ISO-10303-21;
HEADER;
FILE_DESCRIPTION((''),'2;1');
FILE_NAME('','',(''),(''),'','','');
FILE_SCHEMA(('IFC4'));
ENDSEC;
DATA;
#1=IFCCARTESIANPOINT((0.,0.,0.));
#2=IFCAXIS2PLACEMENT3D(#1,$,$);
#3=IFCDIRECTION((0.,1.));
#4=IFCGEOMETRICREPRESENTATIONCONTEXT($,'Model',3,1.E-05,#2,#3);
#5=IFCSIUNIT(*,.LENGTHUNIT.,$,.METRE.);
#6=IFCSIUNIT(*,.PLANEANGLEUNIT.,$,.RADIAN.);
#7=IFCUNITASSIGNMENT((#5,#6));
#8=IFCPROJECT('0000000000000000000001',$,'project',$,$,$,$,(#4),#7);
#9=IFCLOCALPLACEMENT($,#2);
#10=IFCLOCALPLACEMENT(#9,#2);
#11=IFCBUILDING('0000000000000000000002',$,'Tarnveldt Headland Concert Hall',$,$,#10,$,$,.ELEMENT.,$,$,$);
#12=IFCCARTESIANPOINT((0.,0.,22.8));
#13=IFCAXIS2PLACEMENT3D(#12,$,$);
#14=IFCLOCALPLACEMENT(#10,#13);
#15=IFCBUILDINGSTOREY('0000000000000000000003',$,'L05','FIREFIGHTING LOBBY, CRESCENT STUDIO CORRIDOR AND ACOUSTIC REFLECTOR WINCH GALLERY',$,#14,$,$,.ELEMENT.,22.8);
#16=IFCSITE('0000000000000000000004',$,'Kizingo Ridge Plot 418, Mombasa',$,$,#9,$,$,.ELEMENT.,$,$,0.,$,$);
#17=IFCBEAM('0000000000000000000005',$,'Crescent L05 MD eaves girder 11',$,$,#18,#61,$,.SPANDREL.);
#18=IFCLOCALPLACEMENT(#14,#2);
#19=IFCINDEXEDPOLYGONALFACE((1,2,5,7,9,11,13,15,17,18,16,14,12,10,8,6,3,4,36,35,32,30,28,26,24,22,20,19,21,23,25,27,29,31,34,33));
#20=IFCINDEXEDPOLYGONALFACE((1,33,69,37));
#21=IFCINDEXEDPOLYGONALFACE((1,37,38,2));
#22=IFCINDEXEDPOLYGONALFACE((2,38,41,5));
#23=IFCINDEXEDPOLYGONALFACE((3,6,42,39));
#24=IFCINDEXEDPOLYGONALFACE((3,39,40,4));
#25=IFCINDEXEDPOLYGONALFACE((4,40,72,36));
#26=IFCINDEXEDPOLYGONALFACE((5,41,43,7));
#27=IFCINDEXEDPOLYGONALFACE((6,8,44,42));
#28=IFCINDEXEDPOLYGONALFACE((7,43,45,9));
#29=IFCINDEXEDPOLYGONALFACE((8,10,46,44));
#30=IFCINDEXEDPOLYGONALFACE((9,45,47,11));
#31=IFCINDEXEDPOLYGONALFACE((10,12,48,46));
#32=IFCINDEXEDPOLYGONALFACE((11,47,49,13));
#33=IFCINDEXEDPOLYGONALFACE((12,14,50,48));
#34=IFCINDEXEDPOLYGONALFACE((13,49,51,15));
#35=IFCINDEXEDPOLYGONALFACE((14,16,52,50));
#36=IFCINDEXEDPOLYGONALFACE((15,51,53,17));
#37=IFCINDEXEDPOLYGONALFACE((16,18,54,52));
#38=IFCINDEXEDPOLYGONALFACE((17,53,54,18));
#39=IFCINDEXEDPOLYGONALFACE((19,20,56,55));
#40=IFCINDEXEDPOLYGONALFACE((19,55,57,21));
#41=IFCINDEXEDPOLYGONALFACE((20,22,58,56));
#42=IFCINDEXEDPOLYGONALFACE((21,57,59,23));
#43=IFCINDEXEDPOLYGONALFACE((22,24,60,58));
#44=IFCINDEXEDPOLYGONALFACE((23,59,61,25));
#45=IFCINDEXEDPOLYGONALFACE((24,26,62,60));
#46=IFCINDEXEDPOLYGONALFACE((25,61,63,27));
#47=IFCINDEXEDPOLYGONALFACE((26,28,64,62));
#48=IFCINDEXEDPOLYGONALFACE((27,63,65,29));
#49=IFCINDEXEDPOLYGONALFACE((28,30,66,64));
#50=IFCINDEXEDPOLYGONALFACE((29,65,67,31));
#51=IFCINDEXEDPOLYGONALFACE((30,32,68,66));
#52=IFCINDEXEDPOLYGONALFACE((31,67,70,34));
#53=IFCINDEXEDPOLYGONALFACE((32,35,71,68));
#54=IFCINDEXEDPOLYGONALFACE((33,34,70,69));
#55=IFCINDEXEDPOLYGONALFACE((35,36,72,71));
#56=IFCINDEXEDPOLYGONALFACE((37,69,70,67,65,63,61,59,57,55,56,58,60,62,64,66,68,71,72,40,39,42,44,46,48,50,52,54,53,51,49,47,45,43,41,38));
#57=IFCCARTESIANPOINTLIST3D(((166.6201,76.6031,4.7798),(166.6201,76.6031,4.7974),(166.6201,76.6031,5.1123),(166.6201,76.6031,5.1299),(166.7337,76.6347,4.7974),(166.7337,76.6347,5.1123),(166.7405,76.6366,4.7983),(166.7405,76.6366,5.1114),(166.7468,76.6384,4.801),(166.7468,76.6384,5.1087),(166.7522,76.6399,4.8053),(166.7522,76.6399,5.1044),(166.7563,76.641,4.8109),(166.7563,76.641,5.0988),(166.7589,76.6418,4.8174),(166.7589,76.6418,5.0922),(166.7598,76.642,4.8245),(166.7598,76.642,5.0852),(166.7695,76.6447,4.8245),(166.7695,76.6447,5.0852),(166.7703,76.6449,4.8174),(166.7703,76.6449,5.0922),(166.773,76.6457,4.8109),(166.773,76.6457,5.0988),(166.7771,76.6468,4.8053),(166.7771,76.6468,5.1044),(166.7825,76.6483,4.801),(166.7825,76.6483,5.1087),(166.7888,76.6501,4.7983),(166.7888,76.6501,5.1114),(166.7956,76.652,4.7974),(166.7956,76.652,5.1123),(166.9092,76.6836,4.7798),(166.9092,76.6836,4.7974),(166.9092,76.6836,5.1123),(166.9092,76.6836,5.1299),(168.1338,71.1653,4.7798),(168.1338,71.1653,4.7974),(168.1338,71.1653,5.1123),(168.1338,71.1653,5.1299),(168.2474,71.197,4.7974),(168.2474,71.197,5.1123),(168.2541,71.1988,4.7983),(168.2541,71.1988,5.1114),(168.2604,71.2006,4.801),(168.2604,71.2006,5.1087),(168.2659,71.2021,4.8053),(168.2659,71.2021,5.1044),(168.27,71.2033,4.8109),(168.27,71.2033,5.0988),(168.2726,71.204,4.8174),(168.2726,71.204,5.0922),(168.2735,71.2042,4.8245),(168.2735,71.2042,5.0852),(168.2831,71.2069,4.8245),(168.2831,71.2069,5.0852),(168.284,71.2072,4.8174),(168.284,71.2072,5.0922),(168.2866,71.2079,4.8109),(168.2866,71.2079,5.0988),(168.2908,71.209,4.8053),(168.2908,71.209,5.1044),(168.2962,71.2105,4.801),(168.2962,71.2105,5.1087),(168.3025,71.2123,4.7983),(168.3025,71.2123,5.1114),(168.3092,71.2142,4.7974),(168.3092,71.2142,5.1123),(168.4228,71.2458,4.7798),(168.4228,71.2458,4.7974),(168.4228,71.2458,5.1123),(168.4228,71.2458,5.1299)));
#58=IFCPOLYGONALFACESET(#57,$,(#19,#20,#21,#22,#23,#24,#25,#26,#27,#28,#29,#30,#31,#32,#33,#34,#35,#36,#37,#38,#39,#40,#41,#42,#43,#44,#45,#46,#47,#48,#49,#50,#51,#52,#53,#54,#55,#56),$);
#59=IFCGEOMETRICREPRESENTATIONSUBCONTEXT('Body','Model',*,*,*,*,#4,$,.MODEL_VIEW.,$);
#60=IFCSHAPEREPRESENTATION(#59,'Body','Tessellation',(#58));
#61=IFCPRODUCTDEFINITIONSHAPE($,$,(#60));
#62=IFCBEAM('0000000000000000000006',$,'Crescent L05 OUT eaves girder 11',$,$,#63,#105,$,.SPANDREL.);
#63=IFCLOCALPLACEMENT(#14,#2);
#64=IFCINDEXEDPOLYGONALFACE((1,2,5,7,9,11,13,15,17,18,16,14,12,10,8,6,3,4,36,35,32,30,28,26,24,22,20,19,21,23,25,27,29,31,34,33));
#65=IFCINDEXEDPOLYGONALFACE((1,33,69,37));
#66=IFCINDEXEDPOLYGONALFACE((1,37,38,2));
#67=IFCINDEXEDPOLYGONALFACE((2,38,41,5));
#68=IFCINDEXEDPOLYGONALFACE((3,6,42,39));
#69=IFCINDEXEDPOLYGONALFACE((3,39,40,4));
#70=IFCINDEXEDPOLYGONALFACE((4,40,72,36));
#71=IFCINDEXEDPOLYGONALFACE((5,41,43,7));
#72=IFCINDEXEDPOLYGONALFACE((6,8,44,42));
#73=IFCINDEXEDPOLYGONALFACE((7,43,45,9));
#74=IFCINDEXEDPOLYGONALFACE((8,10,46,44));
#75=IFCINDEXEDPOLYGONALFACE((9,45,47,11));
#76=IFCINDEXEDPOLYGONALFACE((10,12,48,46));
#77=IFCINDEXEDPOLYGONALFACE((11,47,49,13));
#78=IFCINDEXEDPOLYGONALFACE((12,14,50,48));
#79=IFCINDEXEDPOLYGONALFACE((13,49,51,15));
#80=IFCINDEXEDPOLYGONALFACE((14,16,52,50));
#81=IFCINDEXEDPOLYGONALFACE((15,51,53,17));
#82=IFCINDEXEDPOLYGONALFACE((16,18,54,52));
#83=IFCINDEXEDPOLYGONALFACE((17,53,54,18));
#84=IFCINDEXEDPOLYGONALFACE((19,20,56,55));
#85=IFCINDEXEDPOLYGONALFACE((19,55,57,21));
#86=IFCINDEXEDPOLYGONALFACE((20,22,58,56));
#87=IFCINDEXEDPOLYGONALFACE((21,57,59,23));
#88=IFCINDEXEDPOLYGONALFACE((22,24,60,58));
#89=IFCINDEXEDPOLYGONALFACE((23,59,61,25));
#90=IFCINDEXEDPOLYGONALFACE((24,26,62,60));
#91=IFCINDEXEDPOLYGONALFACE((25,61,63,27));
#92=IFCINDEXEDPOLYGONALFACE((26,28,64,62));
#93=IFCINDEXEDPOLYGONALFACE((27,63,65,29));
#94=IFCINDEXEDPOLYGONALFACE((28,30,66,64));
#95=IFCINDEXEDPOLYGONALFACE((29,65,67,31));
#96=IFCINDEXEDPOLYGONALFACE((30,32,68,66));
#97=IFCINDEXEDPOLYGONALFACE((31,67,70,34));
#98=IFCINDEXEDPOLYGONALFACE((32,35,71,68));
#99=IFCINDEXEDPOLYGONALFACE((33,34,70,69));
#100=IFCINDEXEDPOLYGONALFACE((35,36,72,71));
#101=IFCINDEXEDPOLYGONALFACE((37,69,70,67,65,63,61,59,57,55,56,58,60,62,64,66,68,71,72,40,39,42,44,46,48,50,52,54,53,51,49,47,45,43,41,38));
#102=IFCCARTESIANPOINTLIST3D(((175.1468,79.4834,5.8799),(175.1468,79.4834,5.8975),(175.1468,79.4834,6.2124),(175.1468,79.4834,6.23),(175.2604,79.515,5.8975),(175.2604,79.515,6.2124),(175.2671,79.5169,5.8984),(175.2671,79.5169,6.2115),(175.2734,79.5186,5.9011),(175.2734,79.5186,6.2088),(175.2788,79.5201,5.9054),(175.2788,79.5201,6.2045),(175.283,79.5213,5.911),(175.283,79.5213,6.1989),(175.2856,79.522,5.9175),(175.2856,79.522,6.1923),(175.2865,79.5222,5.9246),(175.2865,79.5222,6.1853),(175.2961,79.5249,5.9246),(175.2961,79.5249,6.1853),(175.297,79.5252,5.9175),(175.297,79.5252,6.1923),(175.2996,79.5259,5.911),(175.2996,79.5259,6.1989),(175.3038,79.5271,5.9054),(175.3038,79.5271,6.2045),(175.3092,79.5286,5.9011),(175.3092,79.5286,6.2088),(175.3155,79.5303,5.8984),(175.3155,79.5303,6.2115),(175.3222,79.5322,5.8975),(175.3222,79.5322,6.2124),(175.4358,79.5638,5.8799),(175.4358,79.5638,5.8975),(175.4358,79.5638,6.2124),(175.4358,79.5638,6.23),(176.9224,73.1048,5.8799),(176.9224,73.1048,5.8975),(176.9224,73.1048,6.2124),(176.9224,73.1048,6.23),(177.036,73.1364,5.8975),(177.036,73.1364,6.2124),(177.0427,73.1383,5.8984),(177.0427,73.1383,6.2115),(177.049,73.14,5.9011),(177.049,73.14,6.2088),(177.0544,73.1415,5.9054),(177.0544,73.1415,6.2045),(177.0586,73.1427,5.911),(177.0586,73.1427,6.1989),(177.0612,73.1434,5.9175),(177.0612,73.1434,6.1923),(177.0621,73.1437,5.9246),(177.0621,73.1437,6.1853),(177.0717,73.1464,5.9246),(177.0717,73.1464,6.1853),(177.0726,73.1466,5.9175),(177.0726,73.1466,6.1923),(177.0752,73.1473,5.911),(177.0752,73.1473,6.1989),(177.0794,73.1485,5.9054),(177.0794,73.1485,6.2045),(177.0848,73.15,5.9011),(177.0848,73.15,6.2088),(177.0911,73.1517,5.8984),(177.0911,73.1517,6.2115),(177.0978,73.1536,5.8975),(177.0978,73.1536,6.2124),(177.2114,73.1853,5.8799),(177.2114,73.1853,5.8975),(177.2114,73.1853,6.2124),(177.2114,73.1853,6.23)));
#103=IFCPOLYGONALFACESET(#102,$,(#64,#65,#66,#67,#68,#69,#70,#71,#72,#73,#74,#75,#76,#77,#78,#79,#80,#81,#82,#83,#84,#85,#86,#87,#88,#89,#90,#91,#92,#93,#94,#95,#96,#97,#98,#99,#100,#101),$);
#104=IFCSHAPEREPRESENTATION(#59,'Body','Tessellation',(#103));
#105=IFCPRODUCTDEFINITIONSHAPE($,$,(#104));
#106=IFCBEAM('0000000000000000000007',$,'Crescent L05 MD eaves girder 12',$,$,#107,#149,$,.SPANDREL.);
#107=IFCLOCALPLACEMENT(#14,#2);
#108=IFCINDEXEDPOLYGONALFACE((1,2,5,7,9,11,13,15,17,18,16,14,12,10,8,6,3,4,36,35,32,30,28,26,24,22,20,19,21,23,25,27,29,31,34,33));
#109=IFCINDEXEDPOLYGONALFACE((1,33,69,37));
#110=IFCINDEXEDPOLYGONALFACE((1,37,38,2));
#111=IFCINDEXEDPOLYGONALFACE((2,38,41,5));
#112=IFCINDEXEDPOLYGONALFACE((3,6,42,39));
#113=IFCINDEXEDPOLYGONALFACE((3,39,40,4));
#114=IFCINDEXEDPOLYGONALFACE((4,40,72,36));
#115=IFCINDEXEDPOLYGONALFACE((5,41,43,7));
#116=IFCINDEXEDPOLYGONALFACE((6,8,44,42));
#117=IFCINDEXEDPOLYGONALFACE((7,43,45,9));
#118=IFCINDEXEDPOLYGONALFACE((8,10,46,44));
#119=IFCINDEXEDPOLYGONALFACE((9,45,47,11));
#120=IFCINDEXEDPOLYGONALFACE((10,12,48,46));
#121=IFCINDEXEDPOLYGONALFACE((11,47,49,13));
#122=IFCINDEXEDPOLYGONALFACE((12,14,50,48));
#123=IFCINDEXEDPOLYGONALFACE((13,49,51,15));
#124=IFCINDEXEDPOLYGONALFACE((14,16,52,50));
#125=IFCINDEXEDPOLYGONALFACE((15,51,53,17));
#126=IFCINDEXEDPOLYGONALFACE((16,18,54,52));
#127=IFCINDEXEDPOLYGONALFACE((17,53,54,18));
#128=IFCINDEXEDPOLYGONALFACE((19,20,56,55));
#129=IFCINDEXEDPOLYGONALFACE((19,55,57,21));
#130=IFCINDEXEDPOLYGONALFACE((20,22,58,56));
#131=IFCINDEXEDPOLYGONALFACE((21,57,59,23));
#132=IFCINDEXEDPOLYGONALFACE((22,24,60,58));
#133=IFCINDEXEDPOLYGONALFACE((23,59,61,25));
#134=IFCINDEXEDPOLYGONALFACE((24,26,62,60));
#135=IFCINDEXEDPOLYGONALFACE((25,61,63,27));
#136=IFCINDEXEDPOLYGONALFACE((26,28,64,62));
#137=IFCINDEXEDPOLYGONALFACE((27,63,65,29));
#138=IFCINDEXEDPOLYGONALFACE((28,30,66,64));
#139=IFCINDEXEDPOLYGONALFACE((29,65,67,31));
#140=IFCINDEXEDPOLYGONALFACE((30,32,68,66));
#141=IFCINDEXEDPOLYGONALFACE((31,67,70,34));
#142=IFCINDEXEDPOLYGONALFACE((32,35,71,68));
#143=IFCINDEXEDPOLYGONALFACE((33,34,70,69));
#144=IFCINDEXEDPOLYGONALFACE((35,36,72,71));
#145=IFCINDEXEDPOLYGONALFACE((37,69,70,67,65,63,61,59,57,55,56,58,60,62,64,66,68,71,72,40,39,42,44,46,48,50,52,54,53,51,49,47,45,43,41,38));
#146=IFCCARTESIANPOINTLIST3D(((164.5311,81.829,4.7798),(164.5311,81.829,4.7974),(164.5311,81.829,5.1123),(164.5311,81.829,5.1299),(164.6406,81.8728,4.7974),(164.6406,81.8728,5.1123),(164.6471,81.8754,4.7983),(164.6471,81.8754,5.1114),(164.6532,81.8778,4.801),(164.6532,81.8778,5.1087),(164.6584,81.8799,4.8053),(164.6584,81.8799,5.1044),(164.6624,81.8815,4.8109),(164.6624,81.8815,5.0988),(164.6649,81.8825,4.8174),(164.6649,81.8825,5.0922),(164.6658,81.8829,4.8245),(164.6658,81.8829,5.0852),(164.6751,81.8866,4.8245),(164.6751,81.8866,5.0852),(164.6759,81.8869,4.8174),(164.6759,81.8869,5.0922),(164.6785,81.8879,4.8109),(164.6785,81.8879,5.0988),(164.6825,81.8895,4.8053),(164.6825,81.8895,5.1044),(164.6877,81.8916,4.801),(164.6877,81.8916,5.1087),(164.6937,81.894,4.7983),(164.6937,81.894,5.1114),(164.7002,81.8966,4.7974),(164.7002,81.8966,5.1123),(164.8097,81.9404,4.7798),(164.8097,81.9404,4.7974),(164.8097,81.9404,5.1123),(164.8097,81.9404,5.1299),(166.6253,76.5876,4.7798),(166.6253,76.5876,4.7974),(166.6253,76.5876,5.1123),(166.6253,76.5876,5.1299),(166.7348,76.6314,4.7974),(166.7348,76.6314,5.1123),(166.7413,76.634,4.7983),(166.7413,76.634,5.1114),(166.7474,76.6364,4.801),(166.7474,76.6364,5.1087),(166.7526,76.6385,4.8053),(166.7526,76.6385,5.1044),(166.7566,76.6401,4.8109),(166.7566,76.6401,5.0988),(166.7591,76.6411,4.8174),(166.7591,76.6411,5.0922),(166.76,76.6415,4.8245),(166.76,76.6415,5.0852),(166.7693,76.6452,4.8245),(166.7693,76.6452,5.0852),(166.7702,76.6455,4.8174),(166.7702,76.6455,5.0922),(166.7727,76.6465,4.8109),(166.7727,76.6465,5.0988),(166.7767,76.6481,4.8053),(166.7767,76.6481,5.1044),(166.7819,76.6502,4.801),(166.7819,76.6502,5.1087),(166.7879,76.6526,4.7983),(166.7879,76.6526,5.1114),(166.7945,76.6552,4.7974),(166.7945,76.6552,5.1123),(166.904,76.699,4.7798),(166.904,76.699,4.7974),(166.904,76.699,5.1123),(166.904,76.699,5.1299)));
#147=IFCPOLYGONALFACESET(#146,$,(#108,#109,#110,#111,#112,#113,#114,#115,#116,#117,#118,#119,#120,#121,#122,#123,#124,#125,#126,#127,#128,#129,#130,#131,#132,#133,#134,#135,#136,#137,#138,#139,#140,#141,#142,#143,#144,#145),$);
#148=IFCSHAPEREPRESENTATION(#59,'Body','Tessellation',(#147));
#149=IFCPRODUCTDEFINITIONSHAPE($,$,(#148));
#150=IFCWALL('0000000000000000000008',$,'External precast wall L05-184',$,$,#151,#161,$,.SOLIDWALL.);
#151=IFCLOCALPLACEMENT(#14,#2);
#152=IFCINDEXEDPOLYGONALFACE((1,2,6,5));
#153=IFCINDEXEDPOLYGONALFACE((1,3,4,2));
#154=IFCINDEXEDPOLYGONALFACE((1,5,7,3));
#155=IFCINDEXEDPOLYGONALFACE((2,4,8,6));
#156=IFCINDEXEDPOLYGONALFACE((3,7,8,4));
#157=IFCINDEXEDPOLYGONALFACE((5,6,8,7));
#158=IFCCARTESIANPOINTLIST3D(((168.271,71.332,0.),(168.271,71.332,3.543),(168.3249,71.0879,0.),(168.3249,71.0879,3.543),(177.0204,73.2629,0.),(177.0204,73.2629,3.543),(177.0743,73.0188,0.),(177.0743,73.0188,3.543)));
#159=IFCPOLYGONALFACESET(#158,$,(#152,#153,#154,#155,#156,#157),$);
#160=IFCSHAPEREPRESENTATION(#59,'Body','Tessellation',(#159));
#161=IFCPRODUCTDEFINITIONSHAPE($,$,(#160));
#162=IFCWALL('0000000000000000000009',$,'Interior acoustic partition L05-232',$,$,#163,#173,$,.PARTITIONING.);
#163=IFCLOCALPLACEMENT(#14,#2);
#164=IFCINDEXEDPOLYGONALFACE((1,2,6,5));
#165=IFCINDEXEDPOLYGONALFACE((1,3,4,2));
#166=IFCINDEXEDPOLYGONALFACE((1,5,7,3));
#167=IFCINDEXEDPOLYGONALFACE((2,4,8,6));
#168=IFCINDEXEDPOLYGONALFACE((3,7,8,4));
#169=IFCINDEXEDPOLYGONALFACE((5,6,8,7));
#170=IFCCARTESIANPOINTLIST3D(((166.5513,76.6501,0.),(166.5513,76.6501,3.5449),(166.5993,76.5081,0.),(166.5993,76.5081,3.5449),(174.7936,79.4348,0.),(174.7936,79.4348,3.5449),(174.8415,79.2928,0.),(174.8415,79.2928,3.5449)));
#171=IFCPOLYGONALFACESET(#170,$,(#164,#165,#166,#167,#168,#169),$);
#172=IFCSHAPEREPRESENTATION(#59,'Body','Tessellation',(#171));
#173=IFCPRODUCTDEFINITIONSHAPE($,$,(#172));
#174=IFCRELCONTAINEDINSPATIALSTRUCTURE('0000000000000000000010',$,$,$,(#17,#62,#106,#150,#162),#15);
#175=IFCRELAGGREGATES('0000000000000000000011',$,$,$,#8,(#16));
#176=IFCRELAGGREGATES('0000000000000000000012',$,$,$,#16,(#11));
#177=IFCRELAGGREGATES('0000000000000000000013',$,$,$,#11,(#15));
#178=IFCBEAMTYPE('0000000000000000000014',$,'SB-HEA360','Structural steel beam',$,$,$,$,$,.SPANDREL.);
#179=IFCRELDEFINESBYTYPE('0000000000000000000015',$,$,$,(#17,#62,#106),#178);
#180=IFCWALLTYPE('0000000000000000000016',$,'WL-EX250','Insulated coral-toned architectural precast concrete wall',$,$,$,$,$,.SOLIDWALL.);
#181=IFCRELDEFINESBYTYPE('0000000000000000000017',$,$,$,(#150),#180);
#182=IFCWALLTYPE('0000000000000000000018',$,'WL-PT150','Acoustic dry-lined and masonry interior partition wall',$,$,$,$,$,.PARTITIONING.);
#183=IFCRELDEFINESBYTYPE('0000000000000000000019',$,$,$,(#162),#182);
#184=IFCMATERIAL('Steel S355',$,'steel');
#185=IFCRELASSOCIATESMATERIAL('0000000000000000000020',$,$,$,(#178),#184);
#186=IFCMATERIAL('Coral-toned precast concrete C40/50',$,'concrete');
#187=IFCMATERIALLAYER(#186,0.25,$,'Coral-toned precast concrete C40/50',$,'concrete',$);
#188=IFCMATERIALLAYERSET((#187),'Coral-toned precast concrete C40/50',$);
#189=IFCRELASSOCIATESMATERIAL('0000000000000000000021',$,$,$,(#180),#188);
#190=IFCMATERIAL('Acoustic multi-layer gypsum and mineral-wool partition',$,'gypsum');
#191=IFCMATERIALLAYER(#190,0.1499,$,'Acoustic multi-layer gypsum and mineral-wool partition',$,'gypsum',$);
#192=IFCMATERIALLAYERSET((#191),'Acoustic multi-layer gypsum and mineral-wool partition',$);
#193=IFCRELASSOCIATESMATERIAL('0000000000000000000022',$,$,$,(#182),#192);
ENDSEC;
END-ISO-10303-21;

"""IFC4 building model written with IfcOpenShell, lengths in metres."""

from ifc_helpers import new_model, si_unit, direction, frame, frame_2d, origin, origin_2d, place, context, subcontext, project, spatial, rectangle, i_section, extrude, material, layer, layer_set, material_profile, profile_set, type_object, element, save


model = new_model("IFC4")

# Units and contexts
model_context = context("Model", 3, precision=1e-05, world=origin(), true_north=direction((0.0, 1.0)))
body_context = subcontext(model_context, "Body", "Model", "MODEL_VIEW")
ifc_project = project(units=[si_unit("LENGTHUNIT", "METRE"), si_unit("PLANEANGLEUNIT", "RADIAN")], contexts=[model_context])

# Site, building, storey
site_placement = place(None, origin())
site = spatial("IfcSite", under=ifc_project, at=site_placement, Name="Kizingo Ridge Plot 418, Mombasa", CompositionType="ELEMENT", RefElevation=0.0)
building_placement = place(site_placement, origin())
building = spatial("IfcBuilding", under=site, at=building_placement, Name="Tarnveldt Headland Concert Hall", CompositionType="ELEMENT")
storey_placement = place(building_placement, frame((0.0, 0.0, 22.8)))
storey = spatial("IfcBuildingStorey", under=building, at=storey_placement, Name="L05", Description="FIREFIGHTING LOBBY, CRESCENT STUDIO CORRIDOR AND ACOUSTIC REFLECTOR WINCH GALLERY", CompositionType="ELEMENT", Elevation=22.8)

# Shared definitions
ifc_material_1 = material(Name="Steel S355", Category="steel")

# Beams
ifc_material_profile_1 = material_profile(ifc_material_1, i_section(OverallWidth=0.3, OverallDepth=0.3501, WebThickness=0.01, FlangeThickness=0.0176, FilletRadius=0.0271, at=origin_2d()), Name="HEA360", Category="steel")
ifc_profile_set_1 = profile_set([ifc_material_profile_1], Name="Steel S355")
beam_type = type_object("IfcBeamType", Name="SB-HEA360", Description="Structural steel beam", PredefinedType="SPANDREL", material=ifc_profile_set_1)
beam_1_placement = place(storey_placement, frame((168.2783, 71.2056, 4.9548), z_axis=(-0.268168, 0.963372, 0.0), x_axis=(-0.963372, -0.268168, 0.0)))
element("IfcBeam", 1, at=beam_1_placement, inside=storey, type_object=beam_type, Name="Crescent L05 MD eaves girder 11", PredefinedType="SPANDREL", context=body_context, shape_type="SweptSolid", body=[
    extrude(i_section(OverallWidth=0.3, OverallDepth=0.3501, WebThickness=0.01, FlangeThickness=0.0176, FilletRadius=0.0271, at=origin_2d()), origin(), (0.0, 0.0, 1.0), 5.6445),
])
beam_2_placement = place(storey_placement, frame((177.0669, 73.145, 6.0549), z_axis=(-0.268174, 0.96337, 0.0), x_axis=(-0.96337, -0.268174, 0.0)))
element("IfcBeam", 2, at=beam_2_placement, inside=storey, type_object=beam_type, Name="Crescent L05 OUT eaves girder 11", PredefinedType="SPANDREL", context=body_context, shape_type="SweptSolid", body=[
    extrude(i_section(OverallWidth=0.3, OverallDepth=0.3501, WebThickness=0.01, FlangeThickness=0.0176, FilletRadius=0.0271, at=origin_2d()), origin(), (0.0, 0.0, 1.0), 6.6211),
])
beam_3_placement = place(storey_placement, frame((166.7646, 76.6433, 4.9548), z_axis=(-0.371033, 0.92862, 0.0), x_axis=(-0.92862, -0.371033, 0.0)))
element("IfcBeam", 3, at=beam_3_placement, inside=storey, type_object=beam_type, Name="Crescent L05 MD eaves girder 12", PredefinedType="SPANDREL", context=body_context, shape_type="SweptSolid", body=[
    extrude(i_section(OverallWidth=0.3, OverallDepth=0.3501, WebThickness=0.01, FlangeThickness=0.0176, FilletRadius=0.0271, at=origin_2d()), origin(), (0.0, 0.0, 1.0), 5.6443),
])

# Shared definitions
ifc_material_2 = material(Name="Coral-toned precast concrete C40/50", Category="concrete")
ifc_layer_1 = layer(ifc_material_2, 0.25, Name="Coral-toned precast concrete C40/50", Category="concrete")
ifc_layer_set_1 = layer_set([ifc_layer_1], Name="Coral-toned precast concrete C40/50")
wall_type_1 = type_object("IfcWallType", Name="WL-EX250", Description="Insulated coral-toned architectural precast concrete wall", PredefinedType="SOLIDWALL", material=ifc_layer_set_1)

# Walls
wall_1_placement = place(storey_placement, frame((177.0474, 73.1409, 0.0), z_axis=(0.0, 0.0, 1.0), x_axis=(-0.976503, -0.215502, 0.0)))
element("IfcWall", 4, at=wall_1_placement, inside=storey, type_object=wall_type_1, Name="External precast wall L05-184", PredefinedType="SOLIDWALL", context=body_context, shape_type="SweptSolid", body=[
    extrude(rectangle(XDim=8.96, YDim=0.25, at=frame_2d((4.48, 0.0))), origin(), (0.0, 0.0, 1.0), 3.543),
])
ifc_material_3 = material(Name="Acoustic multi-layer gypsum and mineral-wool partition", Category="gypsum")
ifc_layer_2 = layer(ifc_material_3, 0.1499, Name="Acoustic multi-layer gypsum and mineral-wool partition", Category="gypsum")
ifc_layer_set_2 = layer_set([ifc_layer_2], Name="Acoustic multi-layer gypsum and mineral-wool partition")
wall_type_2 = type_object("IfcWallType", Name="WL-PT150", Description="Acoustic dry-lined and masonry interior partition wall", PredefinedType="PARTITIONING", material=ifc_layer_set_2)
wall_2_placement = place(storey_placement, frame((166.5752, 76.5791, 0.0), z_axis=(0.0, 0.0, 1.0), x_axis=(0.94739, 0.320081, 0.0)))
element("IfcWall", 5, at=wall_2_placement, inside=storey, type_object=wall_type_2, Name="Interior acoustic partition L05-232", PredefinedType="PARTITIONING", context=body_context, shape_type="SweptSolid", body=[
    extrude(rectangle(XDim=8.7, YDim=0.1499, at=frame_2d((4.3501, 0.0))), origin(), (0.0, 0.0, 1.0), 3.5449),
])

save(model, "model.ifc")
